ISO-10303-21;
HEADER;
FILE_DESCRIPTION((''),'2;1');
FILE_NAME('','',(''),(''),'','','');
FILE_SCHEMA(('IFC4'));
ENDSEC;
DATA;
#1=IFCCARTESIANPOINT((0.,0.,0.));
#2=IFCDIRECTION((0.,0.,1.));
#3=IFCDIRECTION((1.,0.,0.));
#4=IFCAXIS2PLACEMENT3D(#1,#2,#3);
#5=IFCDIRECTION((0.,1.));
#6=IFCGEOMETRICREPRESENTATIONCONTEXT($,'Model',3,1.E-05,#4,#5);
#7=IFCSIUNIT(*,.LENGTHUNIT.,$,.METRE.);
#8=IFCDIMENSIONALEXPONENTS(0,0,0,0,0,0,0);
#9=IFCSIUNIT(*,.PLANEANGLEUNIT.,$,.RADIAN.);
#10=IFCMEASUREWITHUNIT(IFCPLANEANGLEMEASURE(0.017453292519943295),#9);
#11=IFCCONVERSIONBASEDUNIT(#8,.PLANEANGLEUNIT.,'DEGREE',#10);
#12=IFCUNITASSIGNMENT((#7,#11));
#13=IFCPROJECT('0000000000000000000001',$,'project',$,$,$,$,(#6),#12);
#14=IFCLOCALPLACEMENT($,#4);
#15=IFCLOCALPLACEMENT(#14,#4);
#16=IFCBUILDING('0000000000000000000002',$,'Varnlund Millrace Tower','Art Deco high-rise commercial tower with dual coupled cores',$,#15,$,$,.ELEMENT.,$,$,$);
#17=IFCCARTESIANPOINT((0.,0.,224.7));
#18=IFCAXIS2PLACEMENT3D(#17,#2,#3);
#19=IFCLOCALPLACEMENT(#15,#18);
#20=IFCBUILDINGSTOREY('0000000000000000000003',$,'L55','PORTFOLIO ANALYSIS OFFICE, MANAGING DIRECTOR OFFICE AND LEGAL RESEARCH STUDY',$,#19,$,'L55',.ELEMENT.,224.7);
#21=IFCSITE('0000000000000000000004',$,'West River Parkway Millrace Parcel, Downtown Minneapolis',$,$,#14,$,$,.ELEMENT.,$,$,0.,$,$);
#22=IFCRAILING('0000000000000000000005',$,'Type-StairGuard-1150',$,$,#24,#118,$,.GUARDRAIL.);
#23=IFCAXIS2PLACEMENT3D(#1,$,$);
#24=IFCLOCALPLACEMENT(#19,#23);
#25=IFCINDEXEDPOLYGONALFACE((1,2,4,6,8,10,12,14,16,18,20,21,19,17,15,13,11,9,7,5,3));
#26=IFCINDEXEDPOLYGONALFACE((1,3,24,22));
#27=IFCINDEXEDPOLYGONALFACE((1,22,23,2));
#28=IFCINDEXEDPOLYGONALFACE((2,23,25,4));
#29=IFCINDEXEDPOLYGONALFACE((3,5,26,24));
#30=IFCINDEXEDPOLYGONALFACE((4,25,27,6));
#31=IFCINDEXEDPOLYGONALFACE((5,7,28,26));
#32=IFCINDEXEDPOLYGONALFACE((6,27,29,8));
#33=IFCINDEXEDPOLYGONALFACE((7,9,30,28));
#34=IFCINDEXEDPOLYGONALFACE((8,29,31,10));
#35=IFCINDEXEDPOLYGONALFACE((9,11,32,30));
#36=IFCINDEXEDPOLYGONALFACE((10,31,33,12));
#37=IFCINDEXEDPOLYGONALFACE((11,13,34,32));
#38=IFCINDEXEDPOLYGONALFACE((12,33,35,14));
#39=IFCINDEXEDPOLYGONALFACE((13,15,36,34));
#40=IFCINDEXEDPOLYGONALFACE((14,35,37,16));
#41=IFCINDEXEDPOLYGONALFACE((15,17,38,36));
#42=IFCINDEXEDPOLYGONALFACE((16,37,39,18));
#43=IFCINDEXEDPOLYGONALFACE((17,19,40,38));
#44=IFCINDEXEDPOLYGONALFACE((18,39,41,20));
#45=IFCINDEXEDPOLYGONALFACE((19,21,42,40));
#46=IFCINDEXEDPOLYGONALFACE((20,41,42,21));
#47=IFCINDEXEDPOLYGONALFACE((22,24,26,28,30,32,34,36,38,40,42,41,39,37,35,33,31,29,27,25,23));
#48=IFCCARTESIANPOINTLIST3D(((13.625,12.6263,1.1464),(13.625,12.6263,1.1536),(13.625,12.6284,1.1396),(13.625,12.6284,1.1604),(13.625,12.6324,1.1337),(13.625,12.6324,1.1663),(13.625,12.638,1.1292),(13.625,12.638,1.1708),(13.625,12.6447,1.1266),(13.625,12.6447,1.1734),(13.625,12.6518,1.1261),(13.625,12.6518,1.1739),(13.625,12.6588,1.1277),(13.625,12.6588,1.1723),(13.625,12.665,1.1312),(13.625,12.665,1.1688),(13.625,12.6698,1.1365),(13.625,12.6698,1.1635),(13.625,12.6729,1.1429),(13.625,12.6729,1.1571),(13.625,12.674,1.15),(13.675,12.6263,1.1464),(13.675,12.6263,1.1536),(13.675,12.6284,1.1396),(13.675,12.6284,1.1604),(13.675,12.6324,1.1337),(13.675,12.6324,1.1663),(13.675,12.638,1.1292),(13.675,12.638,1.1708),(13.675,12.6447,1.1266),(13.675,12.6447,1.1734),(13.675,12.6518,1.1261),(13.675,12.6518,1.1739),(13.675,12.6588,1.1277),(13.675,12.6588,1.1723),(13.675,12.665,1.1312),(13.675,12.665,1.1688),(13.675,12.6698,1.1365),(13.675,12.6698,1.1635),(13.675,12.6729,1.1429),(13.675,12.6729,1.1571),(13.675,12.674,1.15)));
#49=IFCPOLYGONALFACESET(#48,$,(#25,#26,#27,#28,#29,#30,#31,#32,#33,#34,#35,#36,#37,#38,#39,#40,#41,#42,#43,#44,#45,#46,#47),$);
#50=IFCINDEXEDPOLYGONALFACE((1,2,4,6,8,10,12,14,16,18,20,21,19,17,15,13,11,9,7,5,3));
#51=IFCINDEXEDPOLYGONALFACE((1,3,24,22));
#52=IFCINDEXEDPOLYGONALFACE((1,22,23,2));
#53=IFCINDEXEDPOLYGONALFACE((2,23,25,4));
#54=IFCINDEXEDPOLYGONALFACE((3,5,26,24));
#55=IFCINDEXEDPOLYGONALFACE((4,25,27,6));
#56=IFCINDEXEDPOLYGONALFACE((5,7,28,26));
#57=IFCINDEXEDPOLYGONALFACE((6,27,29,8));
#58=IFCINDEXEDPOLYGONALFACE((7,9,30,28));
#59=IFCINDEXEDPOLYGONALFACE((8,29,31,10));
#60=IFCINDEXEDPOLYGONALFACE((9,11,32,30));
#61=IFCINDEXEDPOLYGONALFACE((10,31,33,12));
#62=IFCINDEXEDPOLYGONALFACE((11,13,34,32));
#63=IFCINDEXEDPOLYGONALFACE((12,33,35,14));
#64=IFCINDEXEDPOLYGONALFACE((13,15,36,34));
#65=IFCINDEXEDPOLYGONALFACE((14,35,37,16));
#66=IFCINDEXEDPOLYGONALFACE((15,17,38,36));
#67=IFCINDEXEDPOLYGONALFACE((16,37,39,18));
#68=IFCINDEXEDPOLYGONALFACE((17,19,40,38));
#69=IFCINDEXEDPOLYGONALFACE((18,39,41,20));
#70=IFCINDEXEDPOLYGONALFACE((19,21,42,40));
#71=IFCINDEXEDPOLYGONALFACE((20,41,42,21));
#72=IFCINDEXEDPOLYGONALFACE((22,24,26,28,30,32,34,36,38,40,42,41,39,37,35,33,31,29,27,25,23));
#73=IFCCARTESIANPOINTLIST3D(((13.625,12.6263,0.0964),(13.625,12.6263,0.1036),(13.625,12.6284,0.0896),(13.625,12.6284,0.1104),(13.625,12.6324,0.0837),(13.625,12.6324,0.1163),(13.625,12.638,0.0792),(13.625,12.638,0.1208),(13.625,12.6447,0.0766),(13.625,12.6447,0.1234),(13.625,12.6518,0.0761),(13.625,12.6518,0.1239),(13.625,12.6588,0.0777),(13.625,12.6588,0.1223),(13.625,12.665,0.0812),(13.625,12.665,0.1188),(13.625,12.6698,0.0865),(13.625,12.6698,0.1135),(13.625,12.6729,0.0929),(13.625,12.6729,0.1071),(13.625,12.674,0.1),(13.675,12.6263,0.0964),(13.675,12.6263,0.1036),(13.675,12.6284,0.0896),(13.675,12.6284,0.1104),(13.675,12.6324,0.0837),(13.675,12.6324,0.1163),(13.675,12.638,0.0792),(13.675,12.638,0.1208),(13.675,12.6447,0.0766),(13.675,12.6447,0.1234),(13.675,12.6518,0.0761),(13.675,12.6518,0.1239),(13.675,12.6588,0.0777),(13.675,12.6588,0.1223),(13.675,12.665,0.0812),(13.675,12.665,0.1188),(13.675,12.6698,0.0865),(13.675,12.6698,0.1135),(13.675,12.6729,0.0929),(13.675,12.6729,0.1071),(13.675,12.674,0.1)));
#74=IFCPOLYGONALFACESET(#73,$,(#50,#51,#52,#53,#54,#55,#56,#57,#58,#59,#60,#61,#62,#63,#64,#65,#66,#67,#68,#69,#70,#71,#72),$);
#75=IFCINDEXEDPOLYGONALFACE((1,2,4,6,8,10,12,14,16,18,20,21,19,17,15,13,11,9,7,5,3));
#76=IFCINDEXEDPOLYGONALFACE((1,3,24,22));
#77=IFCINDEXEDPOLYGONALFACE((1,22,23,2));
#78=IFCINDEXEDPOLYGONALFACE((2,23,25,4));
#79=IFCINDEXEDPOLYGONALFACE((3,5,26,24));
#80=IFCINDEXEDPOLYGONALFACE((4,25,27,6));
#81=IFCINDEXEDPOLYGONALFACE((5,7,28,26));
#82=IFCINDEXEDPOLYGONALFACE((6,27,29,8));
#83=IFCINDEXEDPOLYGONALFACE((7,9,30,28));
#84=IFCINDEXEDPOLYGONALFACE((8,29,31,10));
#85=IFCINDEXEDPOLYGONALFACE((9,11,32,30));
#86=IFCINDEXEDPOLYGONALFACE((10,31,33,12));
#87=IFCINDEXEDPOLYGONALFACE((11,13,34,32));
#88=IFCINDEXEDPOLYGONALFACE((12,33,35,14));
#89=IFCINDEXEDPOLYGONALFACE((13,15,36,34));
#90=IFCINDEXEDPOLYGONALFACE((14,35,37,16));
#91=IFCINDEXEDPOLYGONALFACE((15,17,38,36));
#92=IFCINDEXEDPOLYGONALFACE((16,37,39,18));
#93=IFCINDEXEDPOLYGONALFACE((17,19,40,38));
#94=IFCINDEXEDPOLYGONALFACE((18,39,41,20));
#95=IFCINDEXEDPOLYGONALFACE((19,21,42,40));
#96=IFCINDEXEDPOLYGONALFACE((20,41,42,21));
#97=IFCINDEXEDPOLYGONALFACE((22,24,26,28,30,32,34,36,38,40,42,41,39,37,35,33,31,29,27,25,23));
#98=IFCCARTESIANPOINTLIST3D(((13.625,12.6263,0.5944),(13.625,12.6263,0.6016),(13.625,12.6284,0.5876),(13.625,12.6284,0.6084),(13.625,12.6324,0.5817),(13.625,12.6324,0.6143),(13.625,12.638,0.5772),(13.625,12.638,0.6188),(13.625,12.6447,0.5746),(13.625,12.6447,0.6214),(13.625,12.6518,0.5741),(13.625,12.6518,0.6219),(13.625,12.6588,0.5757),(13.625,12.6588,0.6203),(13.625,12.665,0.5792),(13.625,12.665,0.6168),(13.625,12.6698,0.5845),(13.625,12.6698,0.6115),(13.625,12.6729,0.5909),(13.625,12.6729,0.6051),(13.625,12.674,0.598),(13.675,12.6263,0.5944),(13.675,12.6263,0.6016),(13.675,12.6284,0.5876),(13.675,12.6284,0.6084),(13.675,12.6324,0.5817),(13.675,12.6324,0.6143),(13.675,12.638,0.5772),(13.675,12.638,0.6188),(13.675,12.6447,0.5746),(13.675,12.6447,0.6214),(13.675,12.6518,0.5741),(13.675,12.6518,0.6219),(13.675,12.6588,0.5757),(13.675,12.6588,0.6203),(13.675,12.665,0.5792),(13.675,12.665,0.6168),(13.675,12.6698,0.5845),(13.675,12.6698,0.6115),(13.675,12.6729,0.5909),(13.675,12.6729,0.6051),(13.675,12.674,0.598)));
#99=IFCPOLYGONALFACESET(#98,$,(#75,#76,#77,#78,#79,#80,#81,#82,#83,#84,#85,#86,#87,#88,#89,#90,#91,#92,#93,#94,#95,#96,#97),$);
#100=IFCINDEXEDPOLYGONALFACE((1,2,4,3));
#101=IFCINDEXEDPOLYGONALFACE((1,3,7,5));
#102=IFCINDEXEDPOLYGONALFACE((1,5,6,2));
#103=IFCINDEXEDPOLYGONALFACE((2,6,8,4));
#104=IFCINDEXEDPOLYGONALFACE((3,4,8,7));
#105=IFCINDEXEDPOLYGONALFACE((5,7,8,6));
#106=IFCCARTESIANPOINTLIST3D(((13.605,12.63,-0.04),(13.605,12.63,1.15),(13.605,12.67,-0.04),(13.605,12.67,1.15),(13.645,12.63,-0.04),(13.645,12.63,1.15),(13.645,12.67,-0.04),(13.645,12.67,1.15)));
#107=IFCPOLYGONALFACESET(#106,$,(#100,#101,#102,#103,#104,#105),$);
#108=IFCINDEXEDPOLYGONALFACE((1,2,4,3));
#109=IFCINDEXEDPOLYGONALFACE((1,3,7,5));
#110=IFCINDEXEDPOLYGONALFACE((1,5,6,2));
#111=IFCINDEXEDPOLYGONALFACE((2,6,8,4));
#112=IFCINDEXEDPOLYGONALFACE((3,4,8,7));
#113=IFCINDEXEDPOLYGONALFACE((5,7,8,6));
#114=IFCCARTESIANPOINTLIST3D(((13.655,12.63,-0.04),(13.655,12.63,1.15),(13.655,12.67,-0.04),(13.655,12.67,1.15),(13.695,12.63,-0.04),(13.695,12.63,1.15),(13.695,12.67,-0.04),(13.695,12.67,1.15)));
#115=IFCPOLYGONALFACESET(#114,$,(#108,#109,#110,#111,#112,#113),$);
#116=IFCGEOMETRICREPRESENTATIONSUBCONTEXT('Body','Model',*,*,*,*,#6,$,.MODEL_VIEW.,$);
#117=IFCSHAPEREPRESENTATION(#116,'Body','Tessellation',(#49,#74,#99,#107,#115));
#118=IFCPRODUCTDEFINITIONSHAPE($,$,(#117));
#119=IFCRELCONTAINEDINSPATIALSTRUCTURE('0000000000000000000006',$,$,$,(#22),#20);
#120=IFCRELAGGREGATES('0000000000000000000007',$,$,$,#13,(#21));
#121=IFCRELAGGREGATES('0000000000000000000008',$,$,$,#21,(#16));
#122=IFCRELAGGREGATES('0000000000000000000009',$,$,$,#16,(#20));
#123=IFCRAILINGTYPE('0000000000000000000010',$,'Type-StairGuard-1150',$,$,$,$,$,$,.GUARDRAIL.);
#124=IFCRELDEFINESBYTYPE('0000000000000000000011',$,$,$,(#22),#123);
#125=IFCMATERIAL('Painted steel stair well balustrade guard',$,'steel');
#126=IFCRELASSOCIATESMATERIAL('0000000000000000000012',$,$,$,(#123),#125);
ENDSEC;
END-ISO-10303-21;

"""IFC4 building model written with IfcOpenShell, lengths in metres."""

from ifc_helpers import new_model, entity, si_unit, converted_unit, direction, frame, origin_with_axes, origin_2d_with_axis, place, context, subcontext, project, spatial, rectangle, circle, extrude, material, type_object, element, save


model = new_model("IFC4")

# Units and contexts
model_context = context("Model", 3, precision=1e-05, world=origin_with_axes(), true_north=direction((0.0, 1.0)))
body_context = subcontext(model_context, "Body", "Model", "MODEL_VIEW")
ifc_project = project(units=[si_unit("LENGTHUNIT", "METRE"), converted_unit("PLANEANGLEUNIT", "DEGREE", entity("IfcPlaneAngleMeasure", 0.017453292519943295), si_unit("PLANEANGLEUNIT", "RADIAN"), dimensions=[0, 0, 0, 0, 0, 0, 0])], contexts=[model_context])

# Site, building, storey
site_placement = place(None, origin_with_axes())
site = spatial("IfcSite", under=ifc_project, at=site_placement, Name="West River Parkway Millrace Parcel, Downtown Minneapolis", CompositionType="ELEMENT", RefElevation=0.0)
building_placement = place(site_placement, origin_with_axes())
building = spatial("IfcBuilding", under=site, at=building_placement, Name="Varnlund Millrace Tower", Description="Art Deco high-rise commercial tower with dual coupled cores", CompositionType="ELEMENT")
storey_placement = place(building_placement, frame((0.0, 0.0, 224.7), z_axis=(0.0, 0.0, 1.0), x_axis=(1.0, 0.0, 0.0)))
storey = spatial("IfcBuildingStorey", under=building, at=storey_placement, Name="L55", Description="PORTFOLIO ANALYSIS OFFICE, MANAGING DIRECTOR OFFICE AND LEGAL RESEARCH STUDY", LongName="L55", CompositionType="ELEMENT", Elevation=224.7)

# Railing
ifc_material_1 = material(Name="Painted steel stair well balustrade guard", Category="steel")
railing_type_1 = type_object("IfcRailingType", Name="Type-StairGuard-1150", PredefinedType="GUARDRAIL", material=ifc_material_1)
railing_1_placement = place(storey_placement, frame((0.0, 0.0, -224.7), z_axis=(0.0, 0.0, 1.0), x_axis=(1.0, 0.0, 0.0)))
element("IfcRailing", 1, at=railing_1_placement, inside=storey, type_object=railing_type_1, Name="Type-StairGuard-1150", PredefinedType="GUARDRAIL", context=body_context, shape_type="SweptSolid", body=[
    extrude(circle(Radius=0.024, at=origin_2d_with_axis()), frame((13.625, 12.65, 225.85), z_axis=(1.0, 0.0, 0.0), x_axis=(0.0, 1.0, 0.0)), (0.0, 0.0, 1.0), 0.05),
    extrude(circle(Radius=0.024, at=origin_2d_with_axis()), frame((13.625, 12.65, 224.8), z_axis=(1.0, 0.0, 0.0), x_axis=(0.0, 1.0, 0.0)), (0.0, 0.0, 1.0), 0.05),
    extrude(circle(Radius=0.024, at=origin_2d_with_axis()), frame((13.625, 12.65, 225.298), z_axis=(1.0, 0.0, 0.0), x_axis=(0.0, 1.0, 0.0)), (0.0, 0.0, 1.0), 0.05),
    extrude(rectangle(XDim=0.04, YDim=0.04, at=origin_2d_with_axis()), frame((13.625, 12.65, 224.66), z_axis=(0.0, 0.0, 1.0), x_axis=(1.0, 0.0, 0.0)), (0.0, 0.0, 1.0), 1.19),
    extrude(rectangle(XDim=0.04, YDim=0.04, at=origin_2d_with_axis()), frame((13.675, 12.65, 224.66), z_axis=(0.0, 0.0, 1.0), x_axis=(1.0, 0.0, 0.0)), (0.0, 0.0, 1.0), 1.19),
])

save(model, "model.ifc")
